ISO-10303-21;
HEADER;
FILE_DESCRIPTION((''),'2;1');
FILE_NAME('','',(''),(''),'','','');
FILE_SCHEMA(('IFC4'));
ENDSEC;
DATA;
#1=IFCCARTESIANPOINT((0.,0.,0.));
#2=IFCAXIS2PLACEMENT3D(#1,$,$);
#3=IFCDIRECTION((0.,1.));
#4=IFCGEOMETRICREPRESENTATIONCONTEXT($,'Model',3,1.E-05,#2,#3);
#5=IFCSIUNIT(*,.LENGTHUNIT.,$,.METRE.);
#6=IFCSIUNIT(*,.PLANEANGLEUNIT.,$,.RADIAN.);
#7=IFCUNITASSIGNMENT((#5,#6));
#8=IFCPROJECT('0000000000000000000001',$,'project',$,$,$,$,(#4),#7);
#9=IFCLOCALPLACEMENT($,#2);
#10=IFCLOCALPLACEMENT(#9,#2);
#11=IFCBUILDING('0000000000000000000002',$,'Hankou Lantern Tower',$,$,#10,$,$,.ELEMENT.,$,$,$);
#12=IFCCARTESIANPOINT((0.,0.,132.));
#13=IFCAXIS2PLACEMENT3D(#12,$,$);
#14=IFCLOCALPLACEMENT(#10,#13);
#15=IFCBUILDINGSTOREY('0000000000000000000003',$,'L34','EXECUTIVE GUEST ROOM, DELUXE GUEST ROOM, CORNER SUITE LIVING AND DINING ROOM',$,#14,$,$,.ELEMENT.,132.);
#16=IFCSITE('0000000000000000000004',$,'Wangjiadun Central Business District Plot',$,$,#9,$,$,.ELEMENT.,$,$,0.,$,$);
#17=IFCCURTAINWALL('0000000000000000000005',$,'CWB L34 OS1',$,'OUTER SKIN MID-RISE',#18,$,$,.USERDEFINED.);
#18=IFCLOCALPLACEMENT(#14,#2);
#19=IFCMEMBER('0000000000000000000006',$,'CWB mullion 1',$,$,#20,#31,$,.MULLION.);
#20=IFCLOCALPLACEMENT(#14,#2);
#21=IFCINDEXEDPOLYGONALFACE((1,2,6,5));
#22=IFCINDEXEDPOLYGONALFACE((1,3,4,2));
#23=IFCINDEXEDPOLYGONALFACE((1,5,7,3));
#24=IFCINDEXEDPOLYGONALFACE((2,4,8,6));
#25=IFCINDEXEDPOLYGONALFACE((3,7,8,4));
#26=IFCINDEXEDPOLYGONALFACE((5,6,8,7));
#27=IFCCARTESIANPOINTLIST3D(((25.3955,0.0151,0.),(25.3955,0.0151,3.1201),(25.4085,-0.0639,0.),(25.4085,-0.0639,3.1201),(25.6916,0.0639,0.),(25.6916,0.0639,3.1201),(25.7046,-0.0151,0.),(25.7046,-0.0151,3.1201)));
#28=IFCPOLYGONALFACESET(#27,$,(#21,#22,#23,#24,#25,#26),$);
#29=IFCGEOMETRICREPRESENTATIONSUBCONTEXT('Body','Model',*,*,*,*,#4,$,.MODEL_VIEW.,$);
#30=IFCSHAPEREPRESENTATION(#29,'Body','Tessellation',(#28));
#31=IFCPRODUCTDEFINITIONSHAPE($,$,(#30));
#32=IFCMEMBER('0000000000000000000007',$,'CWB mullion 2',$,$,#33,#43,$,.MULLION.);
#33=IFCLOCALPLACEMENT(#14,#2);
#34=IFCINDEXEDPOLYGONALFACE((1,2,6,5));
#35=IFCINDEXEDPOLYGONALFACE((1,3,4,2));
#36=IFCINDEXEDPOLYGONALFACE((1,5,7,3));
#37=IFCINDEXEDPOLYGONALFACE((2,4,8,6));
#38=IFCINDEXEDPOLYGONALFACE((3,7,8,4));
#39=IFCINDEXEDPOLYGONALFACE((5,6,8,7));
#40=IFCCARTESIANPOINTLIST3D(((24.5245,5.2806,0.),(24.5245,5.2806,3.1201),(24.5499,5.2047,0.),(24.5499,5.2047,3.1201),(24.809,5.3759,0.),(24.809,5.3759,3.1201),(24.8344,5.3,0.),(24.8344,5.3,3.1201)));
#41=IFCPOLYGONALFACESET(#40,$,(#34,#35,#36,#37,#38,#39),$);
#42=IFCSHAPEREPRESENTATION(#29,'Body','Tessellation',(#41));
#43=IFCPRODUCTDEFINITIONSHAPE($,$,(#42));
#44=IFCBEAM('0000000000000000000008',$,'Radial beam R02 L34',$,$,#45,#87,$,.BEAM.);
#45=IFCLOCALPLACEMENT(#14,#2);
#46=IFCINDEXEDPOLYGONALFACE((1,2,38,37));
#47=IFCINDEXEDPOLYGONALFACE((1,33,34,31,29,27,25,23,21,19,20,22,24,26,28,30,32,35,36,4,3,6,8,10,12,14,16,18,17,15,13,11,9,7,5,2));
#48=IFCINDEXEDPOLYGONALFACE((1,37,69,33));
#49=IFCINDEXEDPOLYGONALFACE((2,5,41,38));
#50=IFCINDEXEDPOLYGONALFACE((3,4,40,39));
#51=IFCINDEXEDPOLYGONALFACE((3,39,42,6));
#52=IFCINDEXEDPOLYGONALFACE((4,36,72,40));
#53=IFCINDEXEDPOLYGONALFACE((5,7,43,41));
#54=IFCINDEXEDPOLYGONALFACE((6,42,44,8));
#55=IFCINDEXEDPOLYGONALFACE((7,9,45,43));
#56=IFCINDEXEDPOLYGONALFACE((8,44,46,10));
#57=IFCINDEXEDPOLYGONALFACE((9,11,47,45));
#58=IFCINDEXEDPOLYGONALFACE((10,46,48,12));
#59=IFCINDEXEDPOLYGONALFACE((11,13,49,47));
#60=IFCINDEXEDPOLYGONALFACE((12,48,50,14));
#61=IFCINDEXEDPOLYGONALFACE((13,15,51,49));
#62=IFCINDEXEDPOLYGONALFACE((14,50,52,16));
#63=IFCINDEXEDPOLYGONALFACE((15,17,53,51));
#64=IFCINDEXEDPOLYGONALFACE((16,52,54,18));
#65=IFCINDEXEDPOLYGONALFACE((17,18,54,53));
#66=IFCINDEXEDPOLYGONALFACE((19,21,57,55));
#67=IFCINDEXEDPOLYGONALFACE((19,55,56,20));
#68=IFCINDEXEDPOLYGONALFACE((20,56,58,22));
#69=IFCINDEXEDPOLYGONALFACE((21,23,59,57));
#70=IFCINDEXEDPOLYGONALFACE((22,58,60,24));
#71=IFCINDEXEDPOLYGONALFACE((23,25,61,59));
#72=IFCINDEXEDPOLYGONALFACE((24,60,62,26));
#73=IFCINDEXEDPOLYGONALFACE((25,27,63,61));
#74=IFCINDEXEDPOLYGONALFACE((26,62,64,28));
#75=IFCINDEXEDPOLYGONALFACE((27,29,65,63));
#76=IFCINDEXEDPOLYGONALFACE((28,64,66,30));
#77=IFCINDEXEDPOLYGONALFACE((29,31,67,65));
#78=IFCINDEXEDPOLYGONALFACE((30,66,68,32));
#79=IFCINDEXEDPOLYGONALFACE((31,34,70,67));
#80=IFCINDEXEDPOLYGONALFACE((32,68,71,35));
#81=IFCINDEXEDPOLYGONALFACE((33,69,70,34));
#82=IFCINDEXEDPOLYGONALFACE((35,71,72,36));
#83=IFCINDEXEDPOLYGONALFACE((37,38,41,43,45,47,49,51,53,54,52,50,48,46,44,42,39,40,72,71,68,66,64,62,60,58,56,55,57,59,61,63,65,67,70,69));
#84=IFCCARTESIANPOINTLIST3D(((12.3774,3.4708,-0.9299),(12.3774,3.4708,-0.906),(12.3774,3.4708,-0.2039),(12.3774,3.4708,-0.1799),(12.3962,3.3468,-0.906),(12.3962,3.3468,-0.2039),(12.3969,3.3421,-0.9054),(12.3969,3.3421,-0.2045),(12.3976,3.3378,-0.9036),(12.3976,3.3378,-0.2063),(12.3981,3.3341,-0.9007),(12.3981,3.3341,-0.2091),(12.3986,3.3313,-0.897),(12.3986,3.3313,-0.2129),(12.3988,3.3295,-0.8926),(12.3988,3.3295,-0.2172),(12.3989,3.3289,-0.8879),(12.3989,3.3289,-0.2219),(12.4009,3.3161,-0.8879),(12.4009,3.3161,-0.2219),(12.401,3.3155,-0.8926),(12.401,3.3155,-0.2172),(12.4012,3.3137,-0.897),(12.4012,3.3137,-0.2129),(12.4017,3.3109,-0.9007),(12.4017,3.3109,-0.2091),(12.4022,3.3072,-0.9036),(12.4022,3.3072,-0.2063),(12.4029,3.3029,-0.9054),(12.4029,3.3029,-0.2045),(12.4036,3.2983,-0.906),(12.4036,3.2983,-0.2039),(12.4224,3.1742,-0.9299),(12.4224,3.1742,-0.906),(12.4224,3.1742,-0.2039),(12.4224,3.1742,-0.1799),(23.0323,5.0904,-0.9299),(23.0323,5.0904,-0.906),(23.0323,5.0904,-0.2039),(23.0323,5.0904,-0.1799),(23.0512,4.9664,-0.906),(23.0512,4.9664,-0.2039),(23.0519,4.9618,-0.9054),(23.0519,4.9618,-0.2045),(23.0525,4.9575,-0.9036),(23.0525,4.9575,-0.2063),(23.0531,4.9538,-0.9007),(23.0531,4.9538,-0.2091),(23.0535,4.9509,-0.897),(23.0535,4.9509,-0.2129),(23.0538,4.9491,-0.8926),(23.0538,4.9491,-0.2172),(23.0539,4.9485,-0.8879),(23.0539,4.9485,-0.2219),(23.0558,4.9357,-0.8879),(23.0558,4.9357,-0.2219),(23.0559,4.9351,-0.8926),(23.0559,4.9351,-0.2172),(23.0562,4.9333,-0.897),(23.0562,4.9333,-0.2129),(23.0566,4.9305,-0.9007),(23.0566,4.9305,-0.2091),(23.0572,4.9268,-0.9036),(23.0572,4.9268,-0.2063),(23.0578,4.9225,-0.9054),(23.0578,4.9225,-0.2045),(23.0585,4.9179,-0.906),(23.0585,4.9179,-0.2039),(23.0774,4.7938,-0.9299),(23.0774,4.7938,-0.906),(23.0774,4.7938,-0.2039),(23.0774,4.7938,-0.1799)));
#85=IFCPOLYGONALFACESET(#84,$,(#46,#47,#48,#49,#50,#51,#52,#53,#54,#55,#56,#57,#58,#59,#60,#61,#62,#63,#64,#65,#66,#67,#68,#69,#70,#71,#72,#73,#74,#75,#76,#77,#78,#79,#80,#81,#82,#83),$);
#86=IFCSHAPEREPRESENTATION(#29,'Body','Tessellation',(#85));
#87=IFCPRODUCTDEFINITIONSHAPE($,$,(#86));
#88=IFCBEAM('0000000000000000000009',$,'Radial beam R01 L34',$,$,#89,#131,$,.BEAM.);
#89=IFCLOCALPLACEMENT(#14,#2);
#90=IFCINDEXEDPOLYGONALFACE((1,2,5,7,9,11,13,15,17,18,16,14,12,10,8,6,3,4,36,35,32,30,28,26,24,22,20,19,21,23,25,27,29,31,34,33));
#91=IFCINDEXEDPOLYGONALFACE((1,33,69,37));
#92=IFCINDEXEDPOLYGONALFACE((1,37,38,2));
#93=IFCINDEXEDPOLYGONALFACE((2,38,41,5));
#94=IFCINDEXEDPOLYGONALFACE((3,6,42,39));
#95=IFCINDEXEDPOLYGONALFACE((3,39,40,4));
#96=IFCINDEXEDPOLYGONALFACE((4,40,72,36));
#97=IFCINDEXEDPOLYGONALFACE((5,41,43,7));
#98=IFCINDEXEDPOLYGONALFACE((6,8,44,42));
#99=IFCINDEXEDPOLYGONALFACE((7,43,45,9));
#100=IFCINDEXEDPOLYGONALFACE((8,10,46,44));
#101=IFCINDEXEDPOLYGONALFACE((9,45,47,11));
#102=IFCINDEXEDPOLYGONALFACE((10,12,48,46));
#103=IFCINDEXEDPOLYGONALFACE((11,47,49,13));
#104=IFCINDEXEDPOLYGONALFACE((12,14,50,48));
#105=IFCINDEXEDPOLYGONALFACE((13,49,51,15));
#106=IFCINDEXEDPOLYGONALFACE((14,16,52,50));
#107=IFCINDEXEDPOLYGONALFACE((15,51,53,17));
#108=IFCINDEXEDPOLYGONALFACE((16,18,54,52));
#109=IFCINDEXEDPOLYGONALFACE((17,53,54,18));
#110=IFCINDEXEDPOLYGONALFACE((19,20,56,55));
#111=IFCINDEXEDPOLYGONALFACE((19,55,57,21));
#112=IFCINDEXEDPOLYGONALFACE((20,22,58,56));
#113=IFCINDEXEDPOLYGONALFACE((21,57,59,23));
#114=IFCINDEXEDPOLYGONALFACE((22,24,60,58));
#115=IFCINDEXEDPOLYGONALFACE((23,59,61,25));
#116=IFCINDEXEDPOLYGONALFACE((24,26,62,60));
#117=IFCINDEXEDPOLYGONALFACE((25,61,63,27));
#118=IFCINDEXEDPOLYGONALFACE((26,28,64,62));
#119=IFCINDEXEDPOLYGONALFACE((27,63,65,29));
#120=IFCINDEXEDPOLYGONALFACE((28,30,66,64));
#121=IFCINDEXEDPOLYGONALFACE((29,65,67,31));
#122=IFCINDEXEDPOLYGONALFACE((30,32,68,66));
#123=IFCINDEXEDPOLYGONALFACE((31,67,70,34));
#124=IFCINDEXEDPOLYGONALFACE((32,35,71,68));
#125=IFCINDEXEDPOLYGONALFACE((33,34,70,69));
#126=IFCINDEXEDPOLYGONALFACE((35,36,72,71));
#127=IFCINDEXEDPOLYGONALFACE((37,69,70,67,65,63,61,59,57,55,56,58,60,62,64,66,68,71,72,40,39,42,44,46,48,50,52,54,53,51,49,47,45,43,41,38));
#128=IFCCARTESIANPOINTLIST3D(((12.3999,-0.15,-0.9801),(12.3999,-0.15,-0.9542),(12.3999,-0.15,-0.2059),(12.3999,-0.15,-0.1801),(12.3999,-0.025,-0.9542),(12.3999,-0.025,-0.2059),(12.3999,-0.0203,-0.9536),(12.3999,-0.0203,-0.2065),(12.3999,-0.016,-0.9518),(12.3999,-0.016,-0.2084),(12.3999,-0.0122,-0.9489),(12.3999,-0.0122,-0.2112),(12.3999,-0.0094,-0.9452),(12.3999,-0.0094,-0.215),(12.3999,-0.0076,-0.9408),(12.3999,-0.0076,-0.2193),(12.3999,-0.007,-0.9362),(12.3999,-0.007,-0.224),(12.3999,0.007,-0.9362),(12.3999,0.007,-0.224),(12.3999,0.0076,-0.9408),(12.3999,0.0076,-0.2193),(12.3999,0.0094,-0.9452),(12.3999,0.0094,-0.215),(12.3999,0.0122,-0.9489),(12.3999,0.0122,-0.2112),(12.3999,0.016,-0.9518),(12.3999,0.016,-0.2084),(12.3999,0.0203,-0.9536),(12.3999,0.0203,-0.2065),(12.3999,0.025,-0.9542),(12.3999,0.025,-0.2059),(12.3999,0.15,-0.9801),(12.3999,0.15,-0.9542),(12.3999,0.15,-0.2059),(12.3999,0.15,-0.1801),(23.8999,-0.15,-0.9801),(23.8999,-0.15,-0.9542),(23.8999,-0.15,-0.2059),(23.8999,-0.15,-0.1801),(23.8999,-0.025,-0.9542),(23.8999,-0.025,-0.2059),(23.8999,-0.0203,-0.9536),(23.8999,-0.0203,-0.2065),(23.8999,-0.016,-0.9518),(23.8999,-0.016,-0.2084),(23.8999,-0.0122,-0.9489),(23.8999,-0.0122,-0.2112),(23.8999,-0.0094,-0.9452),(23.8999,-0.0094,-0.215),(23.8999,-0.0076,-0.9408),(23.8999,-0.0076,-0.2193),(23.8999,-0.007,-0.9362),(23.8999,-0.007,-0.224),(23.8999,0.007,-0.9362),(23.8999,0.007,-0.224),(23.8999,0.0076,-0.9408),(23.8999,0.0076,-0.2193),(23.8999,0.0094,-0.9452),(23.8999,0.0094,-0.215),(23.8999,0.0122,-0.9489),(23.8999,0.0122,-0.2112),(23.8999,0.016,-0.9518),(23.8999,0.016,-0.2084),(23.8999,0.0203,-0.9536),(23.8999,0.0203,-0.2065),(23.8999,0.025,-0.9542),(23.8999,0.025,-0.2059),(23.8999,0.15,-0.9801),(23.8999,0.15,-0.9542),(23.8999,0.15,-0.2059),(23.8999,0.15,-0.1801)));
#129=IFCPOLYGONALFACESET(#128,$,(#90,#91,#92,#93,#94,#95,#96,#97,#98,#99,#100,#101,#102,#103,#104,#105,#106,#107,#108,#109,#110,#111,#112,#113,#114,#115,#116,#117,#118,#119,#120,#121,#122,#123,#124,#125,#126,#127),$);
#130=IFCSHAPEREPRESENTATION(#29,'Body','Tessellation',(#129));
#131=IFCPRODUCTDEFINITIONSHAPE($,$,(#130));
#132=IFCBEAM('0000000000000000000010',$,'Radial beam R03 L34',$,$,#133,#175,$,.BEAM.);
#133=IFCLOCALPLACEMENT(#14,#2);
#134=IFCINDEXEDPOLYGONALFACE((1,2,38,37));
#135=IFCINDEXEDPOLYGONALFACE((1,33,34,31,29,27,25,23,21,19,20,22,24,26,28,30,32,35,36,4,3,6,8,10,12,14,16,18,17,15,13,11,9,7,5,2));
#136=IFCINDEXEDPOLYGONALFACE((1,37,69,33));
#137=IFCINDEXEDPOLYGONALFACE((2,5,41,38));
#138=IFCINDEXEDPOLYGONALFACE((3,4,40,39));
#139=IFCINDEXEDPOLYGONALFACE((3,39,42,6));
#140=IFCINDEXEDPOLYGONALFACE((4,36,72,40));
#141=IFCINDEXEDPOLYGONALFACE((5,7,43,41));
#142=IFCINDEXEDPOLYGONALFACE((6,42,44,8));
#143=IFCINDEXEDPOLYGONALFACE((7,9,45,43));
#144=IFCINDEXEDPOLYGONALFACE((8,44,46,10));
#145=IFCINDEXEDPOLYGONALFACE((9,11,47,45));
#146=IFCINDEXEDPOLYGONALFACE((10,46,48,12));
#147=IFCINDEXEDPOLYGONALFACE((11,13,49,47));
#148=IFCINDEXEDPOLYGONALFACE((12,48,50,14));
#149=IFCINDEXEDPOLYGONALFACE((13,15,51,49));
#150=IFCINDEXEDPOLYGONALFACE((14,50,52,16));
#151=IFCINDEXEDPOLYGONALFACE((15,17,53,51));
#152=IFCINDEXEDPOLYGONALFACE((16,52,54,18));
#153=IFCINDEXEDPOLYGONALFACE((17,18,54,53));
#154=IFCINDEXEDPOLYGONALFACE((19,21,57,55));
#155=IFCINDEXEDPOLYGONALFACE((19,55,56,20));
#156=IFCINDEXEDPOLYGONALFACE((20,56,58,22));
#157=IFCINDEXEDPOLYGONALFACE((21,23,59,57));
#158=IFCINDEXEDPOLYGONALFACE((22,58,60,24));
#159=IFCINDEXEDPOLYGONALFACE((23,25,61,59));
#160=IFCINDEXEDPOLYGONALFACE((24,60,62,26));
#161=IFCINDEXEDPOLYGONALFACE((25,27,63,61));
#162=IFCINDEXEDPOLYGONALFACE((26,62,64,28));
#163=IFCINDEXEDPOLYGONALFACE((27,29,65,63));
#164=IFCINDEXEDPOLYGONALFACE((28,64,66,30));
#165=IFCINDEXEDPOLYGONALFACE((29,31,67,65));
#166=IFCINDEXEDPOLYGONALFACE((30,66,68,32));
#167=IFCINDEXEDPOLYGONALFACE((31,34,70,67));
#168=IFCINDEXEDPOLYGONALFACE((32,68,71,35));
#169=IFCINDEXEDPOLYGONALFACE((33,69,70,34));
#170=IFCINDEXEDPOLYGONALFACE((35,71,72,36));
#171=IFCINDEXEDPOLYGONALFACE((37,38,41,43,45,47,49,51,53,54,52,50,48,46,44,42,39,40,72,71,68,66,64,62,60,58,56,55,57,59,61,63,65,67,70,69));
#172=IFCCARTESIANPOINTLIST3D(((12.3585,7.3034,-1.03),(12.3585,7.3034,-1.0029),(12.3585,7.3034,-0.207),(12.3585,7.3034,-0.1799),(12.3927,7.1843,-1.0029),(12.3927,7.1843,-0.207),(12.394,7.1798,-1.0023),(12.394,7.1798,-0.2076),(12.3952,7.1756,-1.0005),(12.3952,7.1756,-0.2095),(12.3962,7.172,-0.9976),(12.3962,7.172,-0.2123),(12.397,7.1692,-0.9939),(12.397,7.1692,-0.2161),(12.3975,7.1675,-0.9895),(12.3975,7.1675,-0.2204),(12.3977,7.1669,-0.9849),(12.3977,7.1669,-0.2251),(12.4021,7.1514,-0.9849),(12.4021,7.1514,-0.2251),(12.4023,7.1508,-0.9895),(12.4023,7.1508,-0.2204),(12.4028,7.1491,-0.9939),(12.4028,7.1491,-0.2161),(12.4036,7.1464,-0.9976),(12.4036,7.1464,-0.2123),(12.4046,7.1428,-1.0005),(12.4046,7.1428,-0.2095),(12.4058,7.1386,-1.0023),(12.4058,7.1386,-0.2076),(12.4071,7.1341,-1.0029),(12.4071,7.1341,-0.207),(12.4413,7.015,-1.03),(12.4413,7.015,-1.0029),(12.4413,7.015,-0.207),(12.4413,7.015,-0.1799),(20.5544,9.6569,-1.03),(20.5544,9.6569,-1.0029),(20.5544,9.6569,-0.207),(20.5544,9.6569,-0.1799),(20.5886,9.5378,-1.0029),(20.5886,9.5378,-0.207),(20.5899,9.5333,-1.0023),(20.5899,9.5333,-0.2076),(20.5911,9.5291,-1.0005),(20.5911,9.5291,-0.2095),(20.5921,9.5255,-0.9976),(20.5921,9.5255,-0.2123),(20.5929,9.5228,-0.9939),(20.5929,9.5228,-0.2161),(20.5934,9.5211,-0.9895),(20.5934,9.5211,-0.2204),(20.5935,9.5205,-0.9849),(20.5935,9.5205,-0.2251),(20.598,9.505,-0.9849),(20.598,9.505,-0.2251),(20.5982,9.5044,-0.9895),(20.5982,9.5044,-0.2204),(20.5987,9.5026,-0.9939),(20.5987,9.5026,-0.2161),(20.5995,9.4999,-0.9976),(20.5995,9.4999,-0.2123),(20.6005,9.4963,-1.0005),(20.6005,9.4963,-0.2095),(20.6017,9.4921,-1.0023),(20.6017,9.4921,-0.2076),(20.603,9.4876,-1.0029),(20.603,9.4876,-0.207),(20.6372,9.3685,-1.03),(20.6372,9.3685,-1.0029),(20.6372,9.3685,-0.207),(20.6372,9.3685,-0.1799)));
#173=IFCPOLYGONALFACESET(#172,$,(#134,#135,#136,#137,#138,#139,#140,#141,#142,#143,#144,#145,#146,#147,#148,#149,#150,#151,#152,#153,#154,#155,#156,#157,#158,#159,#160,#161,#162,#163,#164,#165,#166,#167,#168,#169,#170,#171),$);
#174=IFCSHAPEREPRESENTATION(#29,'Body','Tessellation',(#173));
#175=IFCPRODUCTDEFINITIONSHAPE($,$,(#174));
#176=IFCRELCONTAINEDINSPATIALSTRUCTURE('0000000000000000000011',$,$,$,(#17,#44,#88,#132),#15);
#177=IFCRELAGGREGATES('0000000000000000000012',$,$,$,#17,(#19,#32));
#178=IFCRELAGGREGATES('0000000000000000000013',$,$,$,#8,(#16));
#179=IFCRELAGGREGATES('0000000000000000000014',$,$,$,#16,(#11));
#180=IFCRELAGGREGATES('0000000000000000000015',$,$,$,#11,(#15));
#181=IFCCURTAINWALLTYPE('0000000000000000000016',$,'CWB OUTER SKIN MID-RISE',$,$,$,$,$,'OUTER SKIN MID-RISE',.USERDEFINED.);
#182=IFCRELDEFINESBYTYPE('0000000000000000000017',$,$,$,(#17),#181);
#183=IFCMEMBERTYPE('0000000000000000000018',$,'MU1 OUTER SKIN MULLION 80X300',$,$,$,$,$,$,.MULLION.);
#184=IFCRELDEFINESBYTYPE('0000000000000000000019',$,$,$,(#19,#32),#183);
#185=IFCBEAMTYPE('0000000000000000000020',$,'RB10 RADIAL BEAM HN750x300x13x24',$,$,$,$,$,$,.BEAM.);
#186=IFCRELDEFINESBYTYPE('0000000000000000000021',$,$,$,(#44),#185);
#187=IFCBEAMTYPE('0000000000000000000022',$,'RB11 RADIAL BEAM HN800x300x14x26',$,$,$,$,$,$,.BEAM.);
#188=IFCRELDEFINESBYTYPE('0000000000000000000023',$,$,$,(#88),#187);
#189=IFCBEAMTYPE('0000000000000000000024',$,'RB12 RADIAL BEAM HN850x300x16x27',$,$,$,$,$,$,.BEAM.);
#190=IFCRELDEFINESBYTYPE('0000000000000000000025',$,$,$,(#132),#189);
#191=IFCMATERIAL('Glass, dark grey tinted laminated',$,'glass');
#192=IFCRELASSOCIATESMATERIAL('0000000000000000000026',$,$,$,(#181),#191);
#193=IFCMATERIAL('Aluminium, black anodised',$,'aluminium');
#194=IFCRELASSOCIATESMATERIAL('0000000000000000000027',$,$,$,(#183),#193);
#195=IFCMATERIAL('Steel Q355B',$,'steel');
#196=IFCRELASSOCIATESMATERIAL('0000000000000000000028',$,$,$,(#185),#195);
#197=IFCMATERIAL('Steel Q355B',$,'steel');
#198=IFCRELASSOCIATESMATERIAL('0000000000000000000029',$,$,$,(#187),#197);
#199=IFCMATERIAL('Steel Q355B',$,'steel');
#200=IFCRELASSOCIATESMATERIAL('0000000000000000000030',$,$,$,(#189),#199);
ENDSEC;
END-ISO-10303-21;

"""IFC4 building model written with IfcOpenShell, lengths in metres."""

from ifc_helpers import new_model, si_unit, direction, frame, origin, origin_2d, place, context, subcontext, project, spatial, rectangle, i_section, extrude, material, material_profile, profile_set, type_object, element, aggregate, save


model = new_model("IFC4")

# Units and contexts
model_context = context("Model", 3, precision=1e-05, world=origin(), true_north=direction((0.0, 1.0)))
body_context = subcontext(model_context, "Body", "Model", "MODEL_VIEW")
ifc_project = project(units=[si_unit("LENGTHUNIT", "METRE"), si_unit("PLANEANGLEUNIT", "RADIAN")], contexts=[model_context])

# Site, building, storey
site_placement = place(None, origin())
site = spatial("IfcSite", under=ifc_project, at=site_placement, Name="Wangjiadun Central Business District Plot", CompositionType="ELEMENT", RefElevation=0.0)
building_placement = place(site_placement, origin())
building = spatial("IfcBuilding", under=site, at=building_placement, Name="Hankou Lantern Tower", CompositionType="ELEMENT")
storey_placement = place(building_placement, frame((0.0, 0.0, 132.0)))
storey = spatial("IfcBuildingStorey", under=building, at=storey_placement, Name="L34", Description="EXECUTIVE GUEST ROOM, DELUXE GUEST ROOM, CORNER SUITE LIVING AND DINING ROOM", CompositionType="ELEMENT", Elevation=132.0)

# Curtain wall, members
ifc_material_1 = material(Name="Glass, dark grey tinted laminated", Category="glass")
curtain_wall_type = type_object("IfcCurtainWallType", Name="CWB OUTER SKIN MID-RISE", ElementType="OUTER SKIN MID-RISE", PredefinedType="USERDEFINED", material=ifc_material_1)
curtain_wall_placement = place(storey_placement, origin())
curtain_wall = element("IfcCurtainWall", 1, at=curtain_wall_placement, inside=storey, type_object=curtain_wall_type, Name="CWB L34 OS1", ObjectType="OUTER SKIN MID-RISE", PredefinedType="USERDEFINED")
ifc_material_2 = material(Name="Aluminium, black anodised", Category="aluminium")
ifc_material_profile_1 = material_profile(ifc_material_2, rectangle(XDim=0.0801, YDim=0.3, at=origin_2d()), Name="MU1 80X300")
ifc_profile_set_1 = profile_set([ifc_material_profile_1], Name="Aluminium, black anodised")
member_type_1 = type_object("IfcMemberType", Name="MU1 OUTER SKIN MULLION 80X300", PredefinedType="MULLION", material=ifc_profile_set_1)
member_1_placement = place(storey_placement, frame((25.55, 0.0, 0.0), z_axis=(0.0, 0.0, 1.0), x_axis=(-0.162382, 0.986728, 0.0)))
member_1 = element("IfcMember", 2, at=member_1_placement, type_object=member_type_1, Name="CWB mullion 1", PredefinedType="MULLION", context=body_context, shape_type="SweptSolid", body=[
    extrude(rectangle(XDim=0.0801, YDim=0.3, at=origin_2d()), origin(), (0.0, 0.0, 1.0), 3.1201),
])
member_2_placement = place(storey_placement, frame((24.6794, 5.2903, 0.0), z_axis=(0.0, 0.0, 1.0), x_axis=(-0.317596, 0.948226, 0.0)))
member_2 = element("IfcMember", 3, at=member_2_placement, type_object=member_type_1, Name="CWB mullion 2", PredefinedType="MULLION", context=body_context, shape_type="SweptSolid", body=[
    extrude(rectangle(XDim=0.0801, YDim=0.3, at=origin_2d()), origin(), (0.0, 0.0, 1.0), 3.1201),
])

# Beams
ifc_material_3 = material(Name="Steel Q355B", Category="steel")
ifc_material_profile_2 = material_profile(ifc_material_3, i_section(OverallWidth=0.3, OverallDepth=0.75, WebThickness=0.0129, FlangeThickness=0.0239, FilletRadius=0.0181, at=origin_2d()), Name="HN750x300x13x24")
ifc_profile_set_2 = profile_set([ifc_material_profile_2], Name="Steel Q355B")
beam_type_1 = type_object("IfcBeamType", Name="RB10 RADIAL BEAM HN750x300x13x24", PredefinedType="BEAM", material=ifc_profile_set_2)
beam_1_placement = place(storey_placement, frame((12.3999, 3.3225, -0.5549), z_axis=(0.988644, 0.15028, 0.0), x_axis=(-0.15028, 0.988644, 0.0)))
element("IfcBeam", 4, at=beam_1_placement, inside=storey, type_object=beam_type_1, Name="Radial beam R02 L34", PredefinedType="BEAM", context=body_context, shape_type="SweptSolid", body=[
    extrude(i_section(OverallWidth=0.3, OverallDepth=0.75, WebThickness=0.0129, FlangeThickness=0.0239, FilletRadius=0.0181, at=origin_2d()), origin(), (0.0, 0.0, 1.0), 10.7773),
])
ifc_material_4 = material(Name="Steel Q355B", Category="steel")
ifc_material_profile_3 = material_profile(ifc_material_4, i_section(OverallWidth=0.3, OverallDepth=0.8, WebThickness=0.0139, FlangeThickness=0.0259, FilletRadius=0.0181, at=origin_2d()), Name="HN800x300x14x26")
ifc_profile_set_3 = profile_set([ifc_material_profile_3], Name="Steel Q355B")
beam_type_2 = type_object("IfcBeamType", Name="RB11 RADIAL BEAM HN800x300x14x26", PredefinedType="BEAM", material=ifc_profile_set_3)
beam_2_placement = place(storey_placement, frame((12.3999, 0.0, -0.5801), z_axis=(1.0, 0.0, 0.0), x_axis=(0.0, 1.0, 0.0)))
element("IfcBeam", 5, at=beam_2_placement, inside=storey, type_object=beam_type_2, Name="Radial beam R01 L34", PredefinedType="BEAM", context=body_context, shape_type="SweptSolid", body=[
    extrude(i_section(OverallWidth=0.3, OverallDepth=0.8, WebThickness=0.0139, FlangeThickness=0.0259, FilletRadius=0.0181, at=origin_2d()), origin(), (0.0, 0.0, 1.0), 11.5),
])
ifc_material_5 = material(Name="Steel Q355B", Category="steel")
ifc_material_profile_4 = material_profile(ifc_material_5, i_section(OverallWidth=0.3, OverallDepth=0.8501, WebThickness=0.0161, FlangeThickness=0.0271, FilletRadius=0.0181, at=origin_2d()), Name="HN850x300x16x27")
ifc_profile_set_4 = profile_set([ifc_material_profile_4], Name="Steel Q355B")
beam_type_3 = type_object("IfcBeamType", Name="RB12 RADIAL BEAM HN850x300x16x27", PredefinedType="BEAM", material=ifc_profile_set_4)
beam_3_placement = place(storey_placement, frame((12.3999, 7.1592, -0.605), z_axis=(0.961156, 0.276007, 0.0), x_axis=(-0.276007, 0.961156, 0.0)))
element("IfcBeam", 6, at=beam_3_placement, inside=storey, type_object=beam_type_3, Name="Radial beam R03 L34", PredefinedType="BEAM", context=body_context, shape_type="SweptSolid", body=[
    extrude(i_section(OverallWidth=0.3, OverallDepth=0.8501, WebThickness=0.0161, FlangeThickness=0.0271, FilletRadius=0.0181, at=origin_2d()), origin(), (0.0, 0.0, 1.0), 8.5271),
])

aggregate(curtain_wall, [member_1, member_2])

save(model, "model.ifc")
